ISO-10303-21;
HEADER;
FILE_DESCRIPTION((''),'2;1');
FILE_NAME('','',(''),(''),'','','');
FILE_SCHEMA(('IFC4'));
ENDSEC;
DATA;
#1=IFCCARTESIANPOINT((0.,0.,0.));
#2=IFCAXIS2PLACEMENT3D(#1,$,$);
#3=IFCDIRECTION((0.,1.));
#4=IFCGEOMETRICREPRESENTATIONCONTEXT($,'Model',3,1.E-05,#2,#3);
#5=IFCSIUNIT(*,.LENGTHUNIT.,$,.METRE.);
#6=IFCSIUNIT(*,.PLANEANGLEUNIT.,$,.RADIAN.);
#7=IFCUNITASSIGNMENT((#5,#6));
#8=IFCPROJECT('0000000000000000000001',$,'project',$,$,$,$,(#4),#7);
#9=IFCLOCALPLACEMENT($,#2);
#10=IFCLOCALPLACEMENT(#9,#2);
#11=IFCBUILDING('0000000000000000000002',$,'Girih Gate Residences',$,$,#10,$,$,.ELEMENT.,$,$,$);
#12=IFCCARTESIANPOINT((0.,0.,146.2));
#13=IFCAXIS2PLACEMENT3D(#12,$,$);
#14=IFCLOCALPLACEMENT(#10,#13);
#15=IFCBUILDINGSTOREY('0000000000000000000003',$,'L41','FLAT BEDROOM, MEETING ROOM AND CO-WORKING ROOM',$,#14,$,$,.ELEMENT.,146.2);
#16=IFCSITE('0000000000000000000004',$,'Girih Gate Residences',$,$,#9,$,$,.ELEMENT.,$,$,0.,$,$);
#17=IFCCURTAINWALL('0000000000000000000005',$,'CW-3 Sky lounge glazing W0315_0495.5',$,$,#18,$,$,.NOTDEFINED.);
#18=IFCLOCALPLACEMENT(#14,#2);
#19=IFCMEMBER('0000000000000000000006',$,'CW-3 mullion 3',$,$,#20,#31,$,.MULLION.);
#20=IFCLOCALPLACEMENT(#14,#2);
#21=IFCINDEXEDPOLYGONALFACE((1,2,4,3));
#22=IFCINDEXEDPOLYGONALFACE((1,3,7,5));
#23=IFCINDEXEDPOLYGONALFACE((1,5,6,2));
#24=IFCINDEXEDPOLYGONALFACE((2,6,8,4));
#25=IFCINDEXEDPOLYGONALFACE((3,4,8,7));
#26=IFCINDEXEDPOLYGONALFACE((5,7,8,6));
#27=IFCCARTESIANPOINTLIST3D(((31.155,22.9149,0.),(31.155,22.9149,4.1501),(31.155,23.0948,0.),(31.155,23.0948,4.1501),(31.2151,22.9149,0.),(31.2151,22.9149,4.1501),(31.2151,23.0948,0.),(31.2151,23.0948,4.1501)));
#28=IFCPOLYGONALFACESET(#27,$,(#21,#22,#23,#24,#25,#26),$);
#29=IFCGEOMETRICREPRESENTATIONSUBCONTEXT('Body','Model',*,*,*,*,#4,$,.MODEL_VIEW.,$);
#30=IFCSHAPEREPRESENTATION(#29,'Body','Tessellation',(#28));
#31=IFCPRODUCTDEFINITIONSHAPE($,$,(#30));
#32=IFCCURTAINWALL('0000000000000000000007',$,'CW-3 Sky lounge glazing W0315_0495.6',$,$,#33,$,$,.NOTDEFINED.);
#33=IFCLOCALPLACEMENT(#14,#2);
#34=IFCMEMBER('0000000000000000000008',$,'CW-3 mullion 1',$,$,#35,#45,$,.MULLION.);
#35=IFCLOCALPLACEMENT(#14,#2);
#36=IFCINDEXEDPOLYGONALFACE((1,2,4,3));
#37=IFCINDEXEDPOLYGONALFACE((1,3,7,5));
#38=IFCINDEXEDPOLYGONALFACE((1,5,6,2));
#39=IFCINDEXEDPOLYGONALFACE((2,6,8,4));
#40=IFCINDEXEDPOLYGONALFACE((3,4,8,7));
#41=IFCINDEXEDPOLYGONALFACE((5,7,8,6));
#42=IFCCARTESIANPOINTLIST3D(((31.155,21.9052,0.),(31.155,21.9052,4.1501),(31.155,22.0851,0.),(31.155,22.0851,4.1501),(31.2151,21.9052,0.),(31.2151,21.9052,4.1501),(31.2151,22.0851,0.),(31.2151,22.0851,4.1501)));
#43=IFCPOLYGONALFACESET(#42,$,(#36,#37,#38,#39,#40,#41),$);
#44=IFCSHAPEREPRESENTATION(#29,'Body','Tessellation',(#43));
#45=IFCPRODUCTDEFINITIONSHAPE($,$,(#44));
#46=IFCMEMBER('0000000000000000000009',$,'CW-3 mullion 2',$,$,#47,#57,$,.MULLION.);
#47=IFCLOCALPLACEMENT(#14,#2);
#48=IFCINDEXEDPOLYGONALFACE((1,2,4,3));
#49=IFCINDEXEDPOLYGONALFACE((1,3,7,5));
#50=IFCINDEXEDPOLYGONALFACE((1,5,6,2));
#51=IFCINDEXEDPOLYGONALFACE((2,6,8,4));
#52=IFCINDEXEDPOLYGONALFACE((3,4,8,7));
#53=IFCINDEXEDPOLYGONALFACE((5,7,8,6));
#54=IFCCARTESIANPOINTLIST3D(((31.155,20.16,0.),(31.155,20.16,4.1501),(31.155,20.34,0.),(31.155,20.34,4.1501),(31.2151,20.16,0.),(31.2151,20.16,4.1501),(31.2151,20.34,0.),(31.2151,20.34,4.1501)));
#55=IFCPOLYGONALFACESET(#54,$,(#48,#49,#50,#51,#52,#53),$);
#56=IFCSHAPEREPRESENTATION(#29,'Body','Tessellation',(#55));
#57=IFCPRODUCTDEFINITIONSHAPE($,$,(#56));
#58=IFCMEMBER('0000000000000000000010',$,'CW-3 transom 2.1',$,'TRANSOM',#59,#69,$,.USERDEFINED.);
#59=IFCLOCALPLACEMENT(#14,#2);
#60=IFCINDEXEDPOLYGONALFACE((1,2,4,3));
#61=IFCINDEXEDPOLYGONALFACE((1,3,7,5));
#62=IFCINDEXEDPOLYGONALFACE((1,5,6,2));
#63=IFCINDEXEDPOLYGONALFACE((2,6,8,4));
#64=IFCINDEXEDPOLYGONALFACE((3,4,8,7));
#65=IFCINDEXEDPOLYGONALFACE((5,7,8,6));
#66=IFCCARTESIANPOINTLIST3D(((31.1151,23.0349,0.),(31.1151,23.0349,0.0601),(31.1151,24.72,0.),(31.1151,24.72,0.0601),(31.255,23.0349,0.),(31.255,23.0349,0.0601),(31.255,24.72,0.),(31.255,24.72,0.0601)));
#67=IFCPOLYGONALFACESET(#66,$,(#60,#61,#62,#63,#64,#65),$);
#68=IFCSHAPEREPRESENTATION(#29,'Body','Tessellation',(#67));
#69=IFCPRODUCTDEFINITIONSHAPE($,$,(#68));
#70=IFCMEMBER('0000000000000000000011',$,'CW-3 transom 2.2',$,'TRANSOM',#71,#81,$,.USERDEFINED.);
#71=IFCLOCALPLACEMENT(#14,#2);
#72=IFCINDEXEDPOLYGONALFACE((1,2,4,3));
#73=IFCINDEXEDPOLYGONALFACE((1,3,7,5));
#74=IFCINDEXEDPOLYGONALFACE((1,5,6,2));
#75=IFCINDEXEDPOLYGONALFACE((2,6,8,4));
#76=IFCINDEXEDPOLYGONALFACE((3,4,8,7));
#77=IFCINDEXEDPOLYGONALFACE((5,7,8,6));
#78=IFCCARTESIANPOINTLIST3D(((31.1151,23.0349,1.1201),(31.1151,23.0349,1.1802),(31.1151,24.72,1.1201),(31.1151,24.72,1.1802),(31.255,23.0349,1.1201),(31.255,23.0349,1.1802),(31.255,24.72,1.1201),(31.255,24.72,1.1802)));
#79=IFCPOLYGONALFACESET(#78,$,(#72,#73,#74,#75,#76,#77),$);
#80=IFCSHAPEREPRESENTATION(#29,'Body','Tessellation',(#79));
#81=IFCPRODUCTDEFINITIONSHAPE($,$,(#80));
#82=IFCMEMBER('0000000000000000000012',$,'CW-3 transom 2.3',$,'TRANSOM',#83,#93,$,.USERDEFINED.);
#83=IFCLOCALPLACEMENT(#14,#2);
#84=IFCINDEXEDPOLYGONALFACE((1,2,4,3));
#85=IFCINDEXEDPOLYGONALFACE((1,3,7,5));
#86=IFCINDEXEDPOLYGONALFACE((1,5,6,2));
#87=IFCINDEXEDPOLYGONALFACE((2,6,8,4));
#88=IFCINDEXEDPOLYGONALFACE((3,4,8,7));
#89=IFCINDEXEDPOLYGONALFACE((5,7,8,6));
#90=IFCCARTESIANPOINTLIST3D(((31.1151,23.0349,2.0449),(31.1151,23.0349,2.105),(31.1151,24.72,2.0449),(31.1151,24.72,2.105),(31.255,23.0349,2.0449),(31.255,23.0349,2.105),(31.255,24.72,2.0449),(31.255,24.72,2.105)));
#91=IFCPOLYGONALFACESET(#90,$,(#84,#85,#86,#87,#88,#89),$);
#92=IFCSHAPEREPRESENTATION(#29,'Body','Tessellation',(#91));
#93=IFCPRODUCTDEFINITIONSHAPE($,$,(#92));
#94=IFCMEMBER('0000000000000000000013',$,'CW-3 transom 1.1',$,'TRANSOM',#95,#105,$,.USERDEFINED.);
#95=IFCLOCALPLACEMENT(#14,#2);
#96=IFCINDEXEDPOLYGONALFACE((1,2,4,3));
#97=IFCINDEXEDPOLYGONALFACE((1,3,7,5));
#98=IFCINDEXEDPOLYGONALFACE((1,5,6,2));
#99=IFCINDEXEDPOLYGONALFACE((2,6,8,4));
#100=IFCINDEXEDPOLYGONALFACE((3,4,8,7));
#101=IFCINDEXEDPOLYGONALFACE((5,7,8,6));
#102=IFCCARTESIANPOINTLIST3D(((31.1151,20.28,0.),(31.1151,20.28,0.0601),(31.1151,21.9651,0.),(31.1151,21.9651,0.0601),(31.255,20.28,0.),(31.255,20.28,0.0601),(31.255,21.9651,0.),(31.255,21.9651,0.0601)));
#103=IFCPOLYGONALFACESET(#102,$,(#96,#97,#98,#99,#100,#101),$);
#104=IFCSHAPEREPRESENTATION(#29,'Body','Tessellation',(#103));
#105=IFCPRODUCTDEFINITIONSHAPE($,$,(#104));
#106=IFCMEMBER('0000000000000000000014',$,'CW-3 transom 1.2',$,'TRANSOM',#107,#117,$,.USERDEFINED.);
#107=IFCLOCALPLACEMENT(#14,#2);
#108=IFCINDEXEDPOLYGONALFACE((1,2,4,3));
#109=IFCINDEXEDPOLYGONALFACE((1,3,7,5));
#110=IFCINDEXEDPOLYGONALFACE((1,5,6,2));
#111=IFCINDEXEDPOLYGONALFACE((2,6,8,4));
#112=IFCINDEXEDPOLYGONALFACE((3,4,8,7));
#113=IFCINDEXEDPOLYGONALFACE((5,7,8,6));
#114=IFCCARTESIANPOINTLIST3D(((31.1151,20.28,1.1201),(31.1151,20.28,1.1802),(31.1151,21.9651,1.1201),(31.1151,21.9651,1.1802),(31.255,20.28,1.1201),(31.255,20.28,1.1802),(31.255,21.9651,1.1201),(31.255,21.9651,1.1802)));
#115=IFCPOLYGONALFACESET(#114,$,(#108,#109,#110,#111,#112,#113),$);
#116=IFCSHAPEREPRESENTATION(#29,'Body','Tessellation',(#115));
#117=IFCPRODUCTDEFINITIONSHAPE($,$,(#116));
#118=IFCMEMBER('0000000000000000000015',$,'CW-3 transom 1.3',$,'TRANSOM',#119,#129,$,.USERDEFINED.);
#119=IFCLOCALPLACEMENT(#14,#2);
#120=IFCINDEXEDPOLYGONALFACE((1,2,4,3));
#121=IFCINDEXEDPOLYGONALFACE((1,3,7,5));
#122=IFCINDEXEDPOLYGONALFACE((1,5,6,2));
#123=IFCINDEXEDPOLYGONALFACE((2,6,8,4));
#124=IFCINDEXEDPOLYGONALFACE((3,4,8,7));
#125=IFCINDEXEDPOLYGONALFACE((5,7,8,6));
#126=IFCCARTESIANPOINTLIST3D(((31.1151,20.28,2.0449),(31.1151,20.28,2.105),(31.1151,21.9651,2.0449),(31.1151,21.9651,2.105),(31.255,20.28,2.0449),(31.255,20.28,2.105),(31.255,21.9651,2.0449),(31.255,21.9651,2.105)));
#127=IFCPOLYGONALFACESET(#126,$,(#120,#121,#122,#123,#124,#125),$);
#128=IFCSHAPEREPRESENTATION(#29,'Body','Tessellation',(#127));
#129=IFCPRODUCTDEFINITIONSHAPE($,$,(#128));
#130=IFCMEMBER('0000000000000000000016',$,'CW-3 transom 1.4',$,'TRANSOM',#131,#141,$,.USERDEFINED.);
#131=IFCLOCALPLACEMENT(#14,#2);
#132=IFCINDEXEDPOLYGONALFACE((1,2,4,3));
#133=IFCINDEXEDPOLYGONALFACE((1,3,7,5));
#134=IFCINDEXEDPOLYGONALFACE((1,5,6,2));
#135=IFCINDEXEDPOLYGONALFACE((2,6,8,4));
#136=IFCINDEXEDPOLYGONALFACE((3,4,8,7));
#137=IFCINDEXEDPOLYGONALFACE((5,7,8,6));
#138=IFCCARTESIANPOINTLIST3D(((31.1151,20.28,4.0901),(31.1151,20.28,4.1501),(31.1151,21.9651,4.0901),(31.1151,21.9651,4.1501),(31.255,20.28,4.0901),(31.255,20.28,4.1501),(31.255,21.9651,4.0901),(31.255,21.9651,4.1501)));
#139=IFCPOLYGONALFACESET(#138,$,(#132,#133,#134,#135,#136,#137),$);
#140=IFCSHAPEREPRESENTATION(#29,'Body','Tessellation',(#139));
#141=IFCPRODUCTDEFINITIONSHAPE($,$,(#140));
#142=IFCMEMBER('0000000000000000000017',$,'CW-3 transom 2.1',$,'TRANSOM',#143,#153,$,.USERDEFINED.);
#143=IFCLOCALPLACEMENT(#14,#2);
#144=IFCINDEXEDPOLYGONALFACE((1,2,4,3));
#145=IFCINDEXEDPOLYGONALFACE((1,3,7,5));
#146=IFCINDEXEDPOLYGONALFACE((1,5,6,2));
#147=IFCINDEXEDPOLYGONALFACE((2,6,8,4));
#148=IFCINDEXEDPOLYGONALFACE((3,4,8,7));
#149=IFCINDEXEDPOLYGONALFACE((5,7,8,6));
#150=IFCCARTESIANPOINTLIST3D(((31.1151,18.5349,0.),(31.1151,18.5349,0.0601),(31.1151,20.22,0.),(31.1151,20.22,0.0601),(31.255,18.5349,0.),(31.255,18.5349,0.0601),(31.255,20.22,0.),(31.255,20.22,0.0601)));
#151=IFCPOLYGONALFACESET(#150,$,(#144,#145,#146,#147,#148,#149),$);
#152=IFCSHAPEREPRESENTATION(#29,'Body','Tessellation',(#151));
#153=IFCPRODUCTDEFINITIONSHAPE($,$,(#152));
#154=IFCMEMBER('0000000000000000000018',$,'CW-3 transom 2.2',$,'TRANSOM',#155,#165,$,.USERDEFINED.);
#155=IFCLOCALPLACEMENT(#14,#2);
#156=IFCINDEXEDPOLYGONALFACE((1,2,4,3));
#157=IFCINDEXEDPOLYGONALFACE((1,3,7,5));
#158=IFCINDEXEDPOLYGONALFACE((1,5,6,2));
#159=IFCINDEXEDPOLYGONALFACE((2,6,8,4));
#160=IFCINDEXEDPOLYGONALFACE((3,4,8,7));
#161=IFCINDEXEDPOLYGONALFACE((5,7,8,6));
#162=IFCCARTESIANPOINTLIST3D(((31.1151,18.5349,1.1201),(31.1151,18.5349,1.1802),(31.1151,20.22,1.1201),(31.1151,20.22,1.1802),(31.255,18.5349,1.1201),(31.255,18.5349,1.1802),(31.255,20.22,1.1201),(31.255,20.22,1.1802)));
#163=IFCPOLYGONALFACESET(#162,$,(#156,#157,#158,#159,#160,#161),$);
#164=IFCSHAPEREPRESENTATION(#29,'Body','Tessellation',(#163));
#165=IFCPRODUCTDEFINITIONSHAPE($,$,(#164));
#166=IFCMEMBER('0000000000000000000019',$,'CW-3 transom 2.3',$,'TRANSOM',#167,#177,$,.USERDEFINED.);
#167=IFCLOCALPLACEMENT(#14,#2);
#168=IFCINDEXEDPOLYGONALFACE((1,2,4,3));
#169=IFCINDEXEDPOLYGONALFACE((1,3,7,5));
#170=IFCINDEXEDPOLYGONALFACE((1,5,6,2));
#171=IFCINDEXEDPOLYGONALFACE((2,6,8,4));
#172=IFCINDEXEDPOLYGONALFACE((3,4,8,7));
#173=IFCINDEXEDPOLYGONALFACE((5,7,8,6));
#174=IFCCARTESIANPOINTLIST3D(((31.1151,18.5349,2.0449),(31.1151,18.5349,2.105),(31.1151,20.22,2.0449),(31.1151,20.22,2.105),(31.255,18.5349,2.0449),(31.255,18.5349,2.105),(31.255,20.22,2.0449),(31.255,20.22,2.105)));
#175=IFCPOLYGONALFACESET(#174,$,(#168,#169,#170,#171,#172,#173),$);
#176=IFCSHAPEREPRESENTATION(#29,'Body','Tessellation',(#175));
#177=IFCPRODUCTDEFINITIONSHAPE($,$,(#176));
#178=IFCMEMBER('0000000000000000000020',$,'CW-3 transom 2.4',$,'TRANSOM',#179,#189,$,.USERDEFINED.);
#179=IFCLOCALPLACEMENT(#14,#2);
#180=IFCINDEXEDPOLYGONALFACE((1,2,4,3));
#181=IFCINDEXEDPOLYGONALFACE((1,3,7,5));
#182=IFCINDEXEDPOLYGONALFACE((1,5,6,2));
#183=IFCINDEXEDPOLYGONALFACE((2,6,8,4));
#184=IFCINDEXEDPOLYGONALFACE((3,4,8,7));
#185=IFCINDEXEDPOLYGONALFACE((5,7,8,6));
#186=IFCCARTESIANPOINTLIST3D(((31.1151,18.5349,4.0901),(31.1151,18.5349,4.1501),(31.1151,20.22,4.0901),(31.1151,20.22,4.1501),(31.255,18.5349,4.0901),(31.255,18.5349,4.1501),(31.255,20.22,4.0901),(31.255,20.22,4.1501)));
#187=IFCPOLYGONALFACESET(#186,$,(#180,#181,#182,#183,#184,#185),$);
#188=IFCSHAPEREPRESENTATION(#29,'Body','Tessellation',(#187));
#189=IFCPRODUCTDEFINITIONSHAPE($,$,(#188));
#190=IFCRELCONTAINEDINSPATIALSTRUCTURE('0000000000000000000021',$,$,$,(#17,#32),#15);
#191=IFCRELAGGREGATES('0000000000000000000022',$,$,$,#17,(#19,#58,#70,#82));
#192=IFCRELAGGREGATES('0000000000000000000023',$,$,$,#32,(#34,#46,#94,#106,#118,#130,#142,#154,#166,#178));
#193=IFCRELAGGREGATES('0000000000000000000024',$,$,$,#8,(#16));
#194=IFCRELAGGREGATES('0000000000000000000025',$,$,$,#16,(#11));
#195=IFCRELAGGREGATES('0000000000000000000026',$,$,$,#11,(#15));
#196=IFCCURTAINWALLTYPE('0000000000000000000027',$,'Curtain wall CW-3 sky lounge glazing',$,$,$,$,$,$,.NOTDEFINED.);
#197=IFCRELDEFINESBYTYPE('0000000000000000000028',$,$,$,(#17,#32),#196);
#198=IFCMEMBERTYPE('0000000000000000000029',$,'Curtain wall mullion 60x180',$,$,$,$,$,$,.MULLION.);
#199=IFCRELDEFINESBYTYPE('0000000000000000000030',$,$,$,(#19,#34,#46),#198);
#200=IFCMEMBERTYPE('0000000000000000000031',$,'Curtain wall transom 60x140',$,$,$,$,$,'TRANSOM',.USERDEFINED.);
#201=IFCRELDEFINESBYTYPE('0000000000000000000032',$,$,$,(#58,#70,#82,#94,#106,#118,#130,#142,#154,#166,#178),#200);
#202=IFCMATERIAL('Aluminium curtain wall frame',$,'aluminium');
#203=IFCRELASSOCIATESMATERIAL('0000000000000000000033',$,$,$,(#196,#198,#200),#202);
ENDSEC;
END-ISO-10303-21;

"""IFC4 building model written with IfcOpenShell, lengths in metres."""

from ifc_helpers import new_model, si_unit, direction, frame, origin, origin_2d, place, context, subcontext, project, spatial, rectangle, extrude, material, material_profile, profile_set, type_object, element, aggregate, save


model = new_model("IFC4")

# Units and contexts
model_context = context("Model", 3, precision=1e-05, world=origin(), true_north=direction((0.0, 1.0)))
body_context = subcontext(model_context, "Body", "Model", "MODEL_VIEW")
ifc_project = project(units=[si_unit("LENGTHUNIT", "METRE"), si_unit("PLANEANGLEUNIT", "RADIAN")], contexts=[model_context])

# Site, building, storey
site_placement = place(None, origin())
site = spatial("IfcSite", under=ifc_project, at=site_placement, Name="Girih Gate Residences", CompositionType="ELEMENT", RefElevation=0.0)
building_placement = place(site_placement, origin())
building = spatial("IfcBuilding", under=site, at=building_placement, Name="Girih Gate Residences", CompositionType="ELEMENT")
storey_placement = place(building_placement, frame((0.0, 0.0, 146.2)))
storey = spatial("IfcBuildingStorey", under=building, at=storey_placement, Name="L41", Description="FLAT BEDROOM, MEETING ROOM AND CO-WORKING ROOM", CompositionType="ELEMENT", Elevation=146.2)

# Curtain wall, member
ifc_material_1 = material(Name="Aluminium curtain wall frame", Category="aluminium")
curtain_wall_type = type_object("IfcCurtainWallType", Name="Curtain wall CW-3 sky lounge glazing", PredefinedType="NOTDEFINED", material=ifc_material_1)
curtain_wall_1_placement = place(storey_placement, origin())
curtain_wall_1 = element("IfcCurtainWall", 1, at=curtain_wall_1_placement, inside=storey, type_object=curtain_wall_type, Name="CW-3 Sky lounge glazing W0315_0495.5", PredefinedType="NOTDEFINED")
ifc_material_profile_1 = material_profile(ifc_material_1, rectangle(XDim=0.0601, YDim=0.1799, at=origin_2d()))
ifc_profile_set_1 = profile_set([ifc_material_profile_1], Name="Aluminium curtain wall frame")
member_type_1 = type_object("IfcMemberType", Name="Curtain wall mullion 60x180", PredefinedType="MULLION", material=ifc_profile_set_1)
member_1_placement = place(storey_placement, frame((31.1851, 23.0049, 0.0), z_axis=(0.0, 0.0, 1.0), x_axis=(1.0, 0.0, 0.0)))
member_1 = element("IfcMember", 2, at=member_1_placement, type_object=member_type_1, Name="CW-3 mullion 3", PredefinedType="MULLION", context=body_context, shape_type="SweptSolid", body=[
    extrude(rectangle(XDim=0.0601, YDim=0.1799, at=origin_2d()), origin(), (0.0, 0.0, 1.0), 4.1501),
])

# Curtain wall, members
curtain_wall_2_placement = place(storey_placement, origin())
curtain_wall_2 = element("IfcCurtainWall", 3, at=curtain_wall_2_placement, inside=storey, type_object=curtain_wall_type, Name="CW-3 Sky lounge glazing W0315_0495.6", PredefinedType="NOTDEFINED")
member_2_placement = place(storey_placement, frame((31.1851, 21.9951, 0.0), z_axis=(0.0, 0.0, 1.0), x_axis=(1.0, 0.0, 0.0)))
member_2 = element("IfcMember", 4, at=member_2_placement, type_object=member_type_1, Name="CW-3 mullion 1", PredefinedType="MULLION", context=body_context, shape_type="SweptSolid", body=[
    extrude(rectangle(XDim=0.0601, YDim=0.1799, at=origin_2d()), origin(), (0.0, 0.0, 1.0), 4.1501),
])
member_3_placement = place(storey_placement, frame((31.1851, 20.25, 0.0), z_axis=(0.0, 0.0, 1.0), x_axis=(1.0, 0.0, 0.0)))
member_3 = element("IfcMember", 5, at=member_3_placement, type_object=member_type_1, Name="CW-3 mullion 2", PredefinedType="MULLION", context=body_context, shape_type="SweptSolid", body=[
    extrude(rectangle(XDim=0.0601, YDim=0.1799, at=origin_2d()), origin(), (0.0, 0.0, 1.0), 4.1501),
])

# Members
ifc_material_profile_2 = material_profile(ifc_material_1, rectangle(XDim=0.1399, YDim=0.0601, at=origin_2d()))
ifc_profile_set_2 = profile_set([ifc_material_profile_2], Name="Aluminium curtain wall frame")
member_type_2 = type_object("IfcMemberType", Name="Curtain wall transom 60x140", ElementType="TRANSOM", PredefinedType="USERDEFINED", material=ifc_profile_set_2)
member_4_placement = place(storey_placement, frame((31.1851, 24.72, 0.03), z_axis=(0.0, -1.0, 0.0), x_axis=(1.0, 0.0, 0.0)))
member_4 = element("IfcMember", 6, at=member_4_placement, type_object=member_type_2, Name="CW-3 transom 2.1", ObjectType="TRANSOM", PredefinedType="USERDEFINED", context=body_context, shape_type="SweptSolid", body=[
    extrude(rectangle(XDim=0.1399, YDim=0.0601, at=origin_2d()), origin(), (0.0, 0.0, 1.0), 1.6851),
])
member_5_placement = place(storey_placement, frame((31.1851, 24.72, 1.1501), z_axis=(0.0, -1.0, 0.0), x_axis=(1.0, 0.0, 0.0)))
member_5 = element("IfcMember", 7, at=member_5_placement, type_object=member_type_2, Name="CW-3 transom 2.2", ObjectType="TRANSOM", PredefinedType="USERDEFINED", context=body_context, shape_type="SweptSolid", body=[
    extrude(rectangle(XDim=0.1399, YDim=0.0601, at=origin_2d()), origin(), (0.0, 0.0, 1.0), 1.6851),
])
member_6_placement = place(storey_placement, frame((31.1851, 24.72, 2.075), z_axis=(0.0, -1.0, 0.0), x_axis=(1.0, 0.0, 0.0)))
member_6 = element("IfcMember", 8, at=member_6_placement, type_object=member_type_2, Name="CW-3 transom 2.3", ObjectType="TRANSOM", PredefinedType="USERDEFINED", context=body_context, shape_type="SweptSolid", body=[
    extrude(rectangle(XDim=0.1399, YDim=0.0601, at=origin_2d()), origin(), (0.0, 0.0, 1.0), 1.6851),
])
member_7_placement = place(storey_placement, frame((31.1851, 21.9651, 0.03), z_axis=(0.0, -1.0, 0.0), x_axis=(1.0, 0.0, 0.0)))
member_7 = element("IfcMember", 9, at=member_7_placement, type_object=member_type_2, Name="CW-3 transom 1.1", ObjectType="TRANSOM", PredefinedType="USERDEFINED", context=body_context, shape_type="SweptSolid", body=[
    extrude(rectangle(XDim=0.1399, YDim=0.0601, at=origin_2d()), origin(), (0.0, 0.0, 1.0), 1.6851),
])
member_8_placement = place(storey_placement, frame((31.1851, 21.9651, 1.1501), z_axis=(0.0, -1.0, 0.0), x_axis=(1.0, 0.0, 0.0)))
member_8 = element("IfcMember", 10, at=member_8_placement, type_object=member_type_2, Name="CW-3 transom 1.2", ObjectType="TRANSOM", PredefinedType="USERDEFINED", context=body_context, shape_type="SweptSolid", body=[
    extrude(rectangle(XDim=0.1399, YDim=0.0601, at=origin_2d()), origin(), (0.0, 0.0, 1.0), 1.6851),
])
member_9_placement = place(storey_placement, frame((31.1851, 21.9651, 2.075), z_axis=(0.0, -1.0, 0.0), x_axis=(1.0, 0.0, 0.0)))
member_9 = element("IfcMember", 11, at=member_9_placement, type_object=member_type_2, Name="CW-3 transom 1.3", ObjectType="TRANSOM", PredefinedType="USERDEFINED", context=body_context, shape_type="SweptSolid", body=[
    extrude(rectangle(XDim=0.1399, YDim=0.0601, at=origin_2d()), origin(), (0.0, 0.0, 1.0), 1.6851),
])
member_10_placement = place(storey_placement, frame((31.1851, 21.9651, 4.1201), z_axis=(0.0, -1.0, 0.0), x_axis=(1.0, 0.0, 0.0)))
member_10 = element("IfcMember", 12, at=member_10_placement, type_object=member_type_2, Name="CW-3 transom 1.4", ObjectType="TRANSOM", PredefinedType="USERDEFINED", context=body_context, shape_type="SweptSolid", body=[
    extrude(rectangle(XDim=0.1399, YDim=0.0601, at=origin_2d()), origin(), (0.0, 0.0, 1.0), 1.6851),
])
member_11_placement = place(storey_placement, frame((31.1851, 20.22, 0.03), z_axis=(0.0, -1.0, 0.0), x_axis=(1.0, 0.0, 0.0)))
member_11 = element("IfcMember", 13, at=member_11_placement, type_object=member_type_2, Name="CW-3 transom 2.1", ObjectType="TRANSOM", PredefinedType="USERDEFINED", context=body_context, shape_type="SweptSolid", body=[
    extrude(rectangle(XDim=0.1399, YDim=0.0601, at=origin_2d()), origin(), (0.0, 0.0, 1.0), 1.6851),
])
member_12_placement = place(storey_placement, frame((31.1851, 20.22, 1.1501), z_axis=(0.0, -1.0, 0.0), x_axis=(1.0, 0.0, 0.0)))
member_12 = element("IfcMember", 14, at=member_12_placement, type_object=member_type_2, Name="CW-3 transom 2.2", ObjectType="TRANSOM", PredefinedType="USERDEFINED", context=body_context, shape_type="SweptSolid", body=[
    extrude(rectangle(XDim=0.1399, YDim=0.0601, at=origin_2d()), origin(), (0.0, 0.0, 1.0), 1.6851),
])
member_13_placement = place(storey_placement, frame((31.1851, 20.22, 2.075), z_axis=(0.0, -1.0, 0.0), x_axis=(1.0, 0.0, 0.0)))
member_13 = element("IfcMember", 15, at=member_13_placement, type_object=member_type_2, Name="CW-3 transom 2.3", ObjectType="TRANSOM", PredefinedType="USERDEFINED", context=body_context, shape_type="SweptSolid", body=[
    extrude(rectangle(XDim=0.1399, YDim=0.0601, at=origin_2d()), origin(), (0.0, 0.0, 1.0), 1.6851),
])
member_14_placement = place(storey_placement, frame((31.1851, 20.22, 4.1201), z_axis=(0.0, -1.0, 0.0), x_axis=(1.0, 0.0, 0.0)))
member_14 = element("IfcMember", 16, at=member_14_placement, type_object=member_type_2, Name="CW-3 transom 2.4", ObjectType="TRANSOM", PredefinedType="USERDEFINED", context=body_context, shape_type="SweptSolid", body=[
    extrude(rectangle(XDim=0.1399, YDim=0.0601, at=origin_2d()), origin(), (0.0, 0.0, 1.0), 1.6851),
])

aggregate(curtain_wall_1, [member_1, member_4, member_5, member_6])
aggregate(curtain_wall_2, [member_2, member_3, member_7, member_8, member_9, member_10, member_11, member_12, member_13, member_14])

save(model, "model.ifc")
